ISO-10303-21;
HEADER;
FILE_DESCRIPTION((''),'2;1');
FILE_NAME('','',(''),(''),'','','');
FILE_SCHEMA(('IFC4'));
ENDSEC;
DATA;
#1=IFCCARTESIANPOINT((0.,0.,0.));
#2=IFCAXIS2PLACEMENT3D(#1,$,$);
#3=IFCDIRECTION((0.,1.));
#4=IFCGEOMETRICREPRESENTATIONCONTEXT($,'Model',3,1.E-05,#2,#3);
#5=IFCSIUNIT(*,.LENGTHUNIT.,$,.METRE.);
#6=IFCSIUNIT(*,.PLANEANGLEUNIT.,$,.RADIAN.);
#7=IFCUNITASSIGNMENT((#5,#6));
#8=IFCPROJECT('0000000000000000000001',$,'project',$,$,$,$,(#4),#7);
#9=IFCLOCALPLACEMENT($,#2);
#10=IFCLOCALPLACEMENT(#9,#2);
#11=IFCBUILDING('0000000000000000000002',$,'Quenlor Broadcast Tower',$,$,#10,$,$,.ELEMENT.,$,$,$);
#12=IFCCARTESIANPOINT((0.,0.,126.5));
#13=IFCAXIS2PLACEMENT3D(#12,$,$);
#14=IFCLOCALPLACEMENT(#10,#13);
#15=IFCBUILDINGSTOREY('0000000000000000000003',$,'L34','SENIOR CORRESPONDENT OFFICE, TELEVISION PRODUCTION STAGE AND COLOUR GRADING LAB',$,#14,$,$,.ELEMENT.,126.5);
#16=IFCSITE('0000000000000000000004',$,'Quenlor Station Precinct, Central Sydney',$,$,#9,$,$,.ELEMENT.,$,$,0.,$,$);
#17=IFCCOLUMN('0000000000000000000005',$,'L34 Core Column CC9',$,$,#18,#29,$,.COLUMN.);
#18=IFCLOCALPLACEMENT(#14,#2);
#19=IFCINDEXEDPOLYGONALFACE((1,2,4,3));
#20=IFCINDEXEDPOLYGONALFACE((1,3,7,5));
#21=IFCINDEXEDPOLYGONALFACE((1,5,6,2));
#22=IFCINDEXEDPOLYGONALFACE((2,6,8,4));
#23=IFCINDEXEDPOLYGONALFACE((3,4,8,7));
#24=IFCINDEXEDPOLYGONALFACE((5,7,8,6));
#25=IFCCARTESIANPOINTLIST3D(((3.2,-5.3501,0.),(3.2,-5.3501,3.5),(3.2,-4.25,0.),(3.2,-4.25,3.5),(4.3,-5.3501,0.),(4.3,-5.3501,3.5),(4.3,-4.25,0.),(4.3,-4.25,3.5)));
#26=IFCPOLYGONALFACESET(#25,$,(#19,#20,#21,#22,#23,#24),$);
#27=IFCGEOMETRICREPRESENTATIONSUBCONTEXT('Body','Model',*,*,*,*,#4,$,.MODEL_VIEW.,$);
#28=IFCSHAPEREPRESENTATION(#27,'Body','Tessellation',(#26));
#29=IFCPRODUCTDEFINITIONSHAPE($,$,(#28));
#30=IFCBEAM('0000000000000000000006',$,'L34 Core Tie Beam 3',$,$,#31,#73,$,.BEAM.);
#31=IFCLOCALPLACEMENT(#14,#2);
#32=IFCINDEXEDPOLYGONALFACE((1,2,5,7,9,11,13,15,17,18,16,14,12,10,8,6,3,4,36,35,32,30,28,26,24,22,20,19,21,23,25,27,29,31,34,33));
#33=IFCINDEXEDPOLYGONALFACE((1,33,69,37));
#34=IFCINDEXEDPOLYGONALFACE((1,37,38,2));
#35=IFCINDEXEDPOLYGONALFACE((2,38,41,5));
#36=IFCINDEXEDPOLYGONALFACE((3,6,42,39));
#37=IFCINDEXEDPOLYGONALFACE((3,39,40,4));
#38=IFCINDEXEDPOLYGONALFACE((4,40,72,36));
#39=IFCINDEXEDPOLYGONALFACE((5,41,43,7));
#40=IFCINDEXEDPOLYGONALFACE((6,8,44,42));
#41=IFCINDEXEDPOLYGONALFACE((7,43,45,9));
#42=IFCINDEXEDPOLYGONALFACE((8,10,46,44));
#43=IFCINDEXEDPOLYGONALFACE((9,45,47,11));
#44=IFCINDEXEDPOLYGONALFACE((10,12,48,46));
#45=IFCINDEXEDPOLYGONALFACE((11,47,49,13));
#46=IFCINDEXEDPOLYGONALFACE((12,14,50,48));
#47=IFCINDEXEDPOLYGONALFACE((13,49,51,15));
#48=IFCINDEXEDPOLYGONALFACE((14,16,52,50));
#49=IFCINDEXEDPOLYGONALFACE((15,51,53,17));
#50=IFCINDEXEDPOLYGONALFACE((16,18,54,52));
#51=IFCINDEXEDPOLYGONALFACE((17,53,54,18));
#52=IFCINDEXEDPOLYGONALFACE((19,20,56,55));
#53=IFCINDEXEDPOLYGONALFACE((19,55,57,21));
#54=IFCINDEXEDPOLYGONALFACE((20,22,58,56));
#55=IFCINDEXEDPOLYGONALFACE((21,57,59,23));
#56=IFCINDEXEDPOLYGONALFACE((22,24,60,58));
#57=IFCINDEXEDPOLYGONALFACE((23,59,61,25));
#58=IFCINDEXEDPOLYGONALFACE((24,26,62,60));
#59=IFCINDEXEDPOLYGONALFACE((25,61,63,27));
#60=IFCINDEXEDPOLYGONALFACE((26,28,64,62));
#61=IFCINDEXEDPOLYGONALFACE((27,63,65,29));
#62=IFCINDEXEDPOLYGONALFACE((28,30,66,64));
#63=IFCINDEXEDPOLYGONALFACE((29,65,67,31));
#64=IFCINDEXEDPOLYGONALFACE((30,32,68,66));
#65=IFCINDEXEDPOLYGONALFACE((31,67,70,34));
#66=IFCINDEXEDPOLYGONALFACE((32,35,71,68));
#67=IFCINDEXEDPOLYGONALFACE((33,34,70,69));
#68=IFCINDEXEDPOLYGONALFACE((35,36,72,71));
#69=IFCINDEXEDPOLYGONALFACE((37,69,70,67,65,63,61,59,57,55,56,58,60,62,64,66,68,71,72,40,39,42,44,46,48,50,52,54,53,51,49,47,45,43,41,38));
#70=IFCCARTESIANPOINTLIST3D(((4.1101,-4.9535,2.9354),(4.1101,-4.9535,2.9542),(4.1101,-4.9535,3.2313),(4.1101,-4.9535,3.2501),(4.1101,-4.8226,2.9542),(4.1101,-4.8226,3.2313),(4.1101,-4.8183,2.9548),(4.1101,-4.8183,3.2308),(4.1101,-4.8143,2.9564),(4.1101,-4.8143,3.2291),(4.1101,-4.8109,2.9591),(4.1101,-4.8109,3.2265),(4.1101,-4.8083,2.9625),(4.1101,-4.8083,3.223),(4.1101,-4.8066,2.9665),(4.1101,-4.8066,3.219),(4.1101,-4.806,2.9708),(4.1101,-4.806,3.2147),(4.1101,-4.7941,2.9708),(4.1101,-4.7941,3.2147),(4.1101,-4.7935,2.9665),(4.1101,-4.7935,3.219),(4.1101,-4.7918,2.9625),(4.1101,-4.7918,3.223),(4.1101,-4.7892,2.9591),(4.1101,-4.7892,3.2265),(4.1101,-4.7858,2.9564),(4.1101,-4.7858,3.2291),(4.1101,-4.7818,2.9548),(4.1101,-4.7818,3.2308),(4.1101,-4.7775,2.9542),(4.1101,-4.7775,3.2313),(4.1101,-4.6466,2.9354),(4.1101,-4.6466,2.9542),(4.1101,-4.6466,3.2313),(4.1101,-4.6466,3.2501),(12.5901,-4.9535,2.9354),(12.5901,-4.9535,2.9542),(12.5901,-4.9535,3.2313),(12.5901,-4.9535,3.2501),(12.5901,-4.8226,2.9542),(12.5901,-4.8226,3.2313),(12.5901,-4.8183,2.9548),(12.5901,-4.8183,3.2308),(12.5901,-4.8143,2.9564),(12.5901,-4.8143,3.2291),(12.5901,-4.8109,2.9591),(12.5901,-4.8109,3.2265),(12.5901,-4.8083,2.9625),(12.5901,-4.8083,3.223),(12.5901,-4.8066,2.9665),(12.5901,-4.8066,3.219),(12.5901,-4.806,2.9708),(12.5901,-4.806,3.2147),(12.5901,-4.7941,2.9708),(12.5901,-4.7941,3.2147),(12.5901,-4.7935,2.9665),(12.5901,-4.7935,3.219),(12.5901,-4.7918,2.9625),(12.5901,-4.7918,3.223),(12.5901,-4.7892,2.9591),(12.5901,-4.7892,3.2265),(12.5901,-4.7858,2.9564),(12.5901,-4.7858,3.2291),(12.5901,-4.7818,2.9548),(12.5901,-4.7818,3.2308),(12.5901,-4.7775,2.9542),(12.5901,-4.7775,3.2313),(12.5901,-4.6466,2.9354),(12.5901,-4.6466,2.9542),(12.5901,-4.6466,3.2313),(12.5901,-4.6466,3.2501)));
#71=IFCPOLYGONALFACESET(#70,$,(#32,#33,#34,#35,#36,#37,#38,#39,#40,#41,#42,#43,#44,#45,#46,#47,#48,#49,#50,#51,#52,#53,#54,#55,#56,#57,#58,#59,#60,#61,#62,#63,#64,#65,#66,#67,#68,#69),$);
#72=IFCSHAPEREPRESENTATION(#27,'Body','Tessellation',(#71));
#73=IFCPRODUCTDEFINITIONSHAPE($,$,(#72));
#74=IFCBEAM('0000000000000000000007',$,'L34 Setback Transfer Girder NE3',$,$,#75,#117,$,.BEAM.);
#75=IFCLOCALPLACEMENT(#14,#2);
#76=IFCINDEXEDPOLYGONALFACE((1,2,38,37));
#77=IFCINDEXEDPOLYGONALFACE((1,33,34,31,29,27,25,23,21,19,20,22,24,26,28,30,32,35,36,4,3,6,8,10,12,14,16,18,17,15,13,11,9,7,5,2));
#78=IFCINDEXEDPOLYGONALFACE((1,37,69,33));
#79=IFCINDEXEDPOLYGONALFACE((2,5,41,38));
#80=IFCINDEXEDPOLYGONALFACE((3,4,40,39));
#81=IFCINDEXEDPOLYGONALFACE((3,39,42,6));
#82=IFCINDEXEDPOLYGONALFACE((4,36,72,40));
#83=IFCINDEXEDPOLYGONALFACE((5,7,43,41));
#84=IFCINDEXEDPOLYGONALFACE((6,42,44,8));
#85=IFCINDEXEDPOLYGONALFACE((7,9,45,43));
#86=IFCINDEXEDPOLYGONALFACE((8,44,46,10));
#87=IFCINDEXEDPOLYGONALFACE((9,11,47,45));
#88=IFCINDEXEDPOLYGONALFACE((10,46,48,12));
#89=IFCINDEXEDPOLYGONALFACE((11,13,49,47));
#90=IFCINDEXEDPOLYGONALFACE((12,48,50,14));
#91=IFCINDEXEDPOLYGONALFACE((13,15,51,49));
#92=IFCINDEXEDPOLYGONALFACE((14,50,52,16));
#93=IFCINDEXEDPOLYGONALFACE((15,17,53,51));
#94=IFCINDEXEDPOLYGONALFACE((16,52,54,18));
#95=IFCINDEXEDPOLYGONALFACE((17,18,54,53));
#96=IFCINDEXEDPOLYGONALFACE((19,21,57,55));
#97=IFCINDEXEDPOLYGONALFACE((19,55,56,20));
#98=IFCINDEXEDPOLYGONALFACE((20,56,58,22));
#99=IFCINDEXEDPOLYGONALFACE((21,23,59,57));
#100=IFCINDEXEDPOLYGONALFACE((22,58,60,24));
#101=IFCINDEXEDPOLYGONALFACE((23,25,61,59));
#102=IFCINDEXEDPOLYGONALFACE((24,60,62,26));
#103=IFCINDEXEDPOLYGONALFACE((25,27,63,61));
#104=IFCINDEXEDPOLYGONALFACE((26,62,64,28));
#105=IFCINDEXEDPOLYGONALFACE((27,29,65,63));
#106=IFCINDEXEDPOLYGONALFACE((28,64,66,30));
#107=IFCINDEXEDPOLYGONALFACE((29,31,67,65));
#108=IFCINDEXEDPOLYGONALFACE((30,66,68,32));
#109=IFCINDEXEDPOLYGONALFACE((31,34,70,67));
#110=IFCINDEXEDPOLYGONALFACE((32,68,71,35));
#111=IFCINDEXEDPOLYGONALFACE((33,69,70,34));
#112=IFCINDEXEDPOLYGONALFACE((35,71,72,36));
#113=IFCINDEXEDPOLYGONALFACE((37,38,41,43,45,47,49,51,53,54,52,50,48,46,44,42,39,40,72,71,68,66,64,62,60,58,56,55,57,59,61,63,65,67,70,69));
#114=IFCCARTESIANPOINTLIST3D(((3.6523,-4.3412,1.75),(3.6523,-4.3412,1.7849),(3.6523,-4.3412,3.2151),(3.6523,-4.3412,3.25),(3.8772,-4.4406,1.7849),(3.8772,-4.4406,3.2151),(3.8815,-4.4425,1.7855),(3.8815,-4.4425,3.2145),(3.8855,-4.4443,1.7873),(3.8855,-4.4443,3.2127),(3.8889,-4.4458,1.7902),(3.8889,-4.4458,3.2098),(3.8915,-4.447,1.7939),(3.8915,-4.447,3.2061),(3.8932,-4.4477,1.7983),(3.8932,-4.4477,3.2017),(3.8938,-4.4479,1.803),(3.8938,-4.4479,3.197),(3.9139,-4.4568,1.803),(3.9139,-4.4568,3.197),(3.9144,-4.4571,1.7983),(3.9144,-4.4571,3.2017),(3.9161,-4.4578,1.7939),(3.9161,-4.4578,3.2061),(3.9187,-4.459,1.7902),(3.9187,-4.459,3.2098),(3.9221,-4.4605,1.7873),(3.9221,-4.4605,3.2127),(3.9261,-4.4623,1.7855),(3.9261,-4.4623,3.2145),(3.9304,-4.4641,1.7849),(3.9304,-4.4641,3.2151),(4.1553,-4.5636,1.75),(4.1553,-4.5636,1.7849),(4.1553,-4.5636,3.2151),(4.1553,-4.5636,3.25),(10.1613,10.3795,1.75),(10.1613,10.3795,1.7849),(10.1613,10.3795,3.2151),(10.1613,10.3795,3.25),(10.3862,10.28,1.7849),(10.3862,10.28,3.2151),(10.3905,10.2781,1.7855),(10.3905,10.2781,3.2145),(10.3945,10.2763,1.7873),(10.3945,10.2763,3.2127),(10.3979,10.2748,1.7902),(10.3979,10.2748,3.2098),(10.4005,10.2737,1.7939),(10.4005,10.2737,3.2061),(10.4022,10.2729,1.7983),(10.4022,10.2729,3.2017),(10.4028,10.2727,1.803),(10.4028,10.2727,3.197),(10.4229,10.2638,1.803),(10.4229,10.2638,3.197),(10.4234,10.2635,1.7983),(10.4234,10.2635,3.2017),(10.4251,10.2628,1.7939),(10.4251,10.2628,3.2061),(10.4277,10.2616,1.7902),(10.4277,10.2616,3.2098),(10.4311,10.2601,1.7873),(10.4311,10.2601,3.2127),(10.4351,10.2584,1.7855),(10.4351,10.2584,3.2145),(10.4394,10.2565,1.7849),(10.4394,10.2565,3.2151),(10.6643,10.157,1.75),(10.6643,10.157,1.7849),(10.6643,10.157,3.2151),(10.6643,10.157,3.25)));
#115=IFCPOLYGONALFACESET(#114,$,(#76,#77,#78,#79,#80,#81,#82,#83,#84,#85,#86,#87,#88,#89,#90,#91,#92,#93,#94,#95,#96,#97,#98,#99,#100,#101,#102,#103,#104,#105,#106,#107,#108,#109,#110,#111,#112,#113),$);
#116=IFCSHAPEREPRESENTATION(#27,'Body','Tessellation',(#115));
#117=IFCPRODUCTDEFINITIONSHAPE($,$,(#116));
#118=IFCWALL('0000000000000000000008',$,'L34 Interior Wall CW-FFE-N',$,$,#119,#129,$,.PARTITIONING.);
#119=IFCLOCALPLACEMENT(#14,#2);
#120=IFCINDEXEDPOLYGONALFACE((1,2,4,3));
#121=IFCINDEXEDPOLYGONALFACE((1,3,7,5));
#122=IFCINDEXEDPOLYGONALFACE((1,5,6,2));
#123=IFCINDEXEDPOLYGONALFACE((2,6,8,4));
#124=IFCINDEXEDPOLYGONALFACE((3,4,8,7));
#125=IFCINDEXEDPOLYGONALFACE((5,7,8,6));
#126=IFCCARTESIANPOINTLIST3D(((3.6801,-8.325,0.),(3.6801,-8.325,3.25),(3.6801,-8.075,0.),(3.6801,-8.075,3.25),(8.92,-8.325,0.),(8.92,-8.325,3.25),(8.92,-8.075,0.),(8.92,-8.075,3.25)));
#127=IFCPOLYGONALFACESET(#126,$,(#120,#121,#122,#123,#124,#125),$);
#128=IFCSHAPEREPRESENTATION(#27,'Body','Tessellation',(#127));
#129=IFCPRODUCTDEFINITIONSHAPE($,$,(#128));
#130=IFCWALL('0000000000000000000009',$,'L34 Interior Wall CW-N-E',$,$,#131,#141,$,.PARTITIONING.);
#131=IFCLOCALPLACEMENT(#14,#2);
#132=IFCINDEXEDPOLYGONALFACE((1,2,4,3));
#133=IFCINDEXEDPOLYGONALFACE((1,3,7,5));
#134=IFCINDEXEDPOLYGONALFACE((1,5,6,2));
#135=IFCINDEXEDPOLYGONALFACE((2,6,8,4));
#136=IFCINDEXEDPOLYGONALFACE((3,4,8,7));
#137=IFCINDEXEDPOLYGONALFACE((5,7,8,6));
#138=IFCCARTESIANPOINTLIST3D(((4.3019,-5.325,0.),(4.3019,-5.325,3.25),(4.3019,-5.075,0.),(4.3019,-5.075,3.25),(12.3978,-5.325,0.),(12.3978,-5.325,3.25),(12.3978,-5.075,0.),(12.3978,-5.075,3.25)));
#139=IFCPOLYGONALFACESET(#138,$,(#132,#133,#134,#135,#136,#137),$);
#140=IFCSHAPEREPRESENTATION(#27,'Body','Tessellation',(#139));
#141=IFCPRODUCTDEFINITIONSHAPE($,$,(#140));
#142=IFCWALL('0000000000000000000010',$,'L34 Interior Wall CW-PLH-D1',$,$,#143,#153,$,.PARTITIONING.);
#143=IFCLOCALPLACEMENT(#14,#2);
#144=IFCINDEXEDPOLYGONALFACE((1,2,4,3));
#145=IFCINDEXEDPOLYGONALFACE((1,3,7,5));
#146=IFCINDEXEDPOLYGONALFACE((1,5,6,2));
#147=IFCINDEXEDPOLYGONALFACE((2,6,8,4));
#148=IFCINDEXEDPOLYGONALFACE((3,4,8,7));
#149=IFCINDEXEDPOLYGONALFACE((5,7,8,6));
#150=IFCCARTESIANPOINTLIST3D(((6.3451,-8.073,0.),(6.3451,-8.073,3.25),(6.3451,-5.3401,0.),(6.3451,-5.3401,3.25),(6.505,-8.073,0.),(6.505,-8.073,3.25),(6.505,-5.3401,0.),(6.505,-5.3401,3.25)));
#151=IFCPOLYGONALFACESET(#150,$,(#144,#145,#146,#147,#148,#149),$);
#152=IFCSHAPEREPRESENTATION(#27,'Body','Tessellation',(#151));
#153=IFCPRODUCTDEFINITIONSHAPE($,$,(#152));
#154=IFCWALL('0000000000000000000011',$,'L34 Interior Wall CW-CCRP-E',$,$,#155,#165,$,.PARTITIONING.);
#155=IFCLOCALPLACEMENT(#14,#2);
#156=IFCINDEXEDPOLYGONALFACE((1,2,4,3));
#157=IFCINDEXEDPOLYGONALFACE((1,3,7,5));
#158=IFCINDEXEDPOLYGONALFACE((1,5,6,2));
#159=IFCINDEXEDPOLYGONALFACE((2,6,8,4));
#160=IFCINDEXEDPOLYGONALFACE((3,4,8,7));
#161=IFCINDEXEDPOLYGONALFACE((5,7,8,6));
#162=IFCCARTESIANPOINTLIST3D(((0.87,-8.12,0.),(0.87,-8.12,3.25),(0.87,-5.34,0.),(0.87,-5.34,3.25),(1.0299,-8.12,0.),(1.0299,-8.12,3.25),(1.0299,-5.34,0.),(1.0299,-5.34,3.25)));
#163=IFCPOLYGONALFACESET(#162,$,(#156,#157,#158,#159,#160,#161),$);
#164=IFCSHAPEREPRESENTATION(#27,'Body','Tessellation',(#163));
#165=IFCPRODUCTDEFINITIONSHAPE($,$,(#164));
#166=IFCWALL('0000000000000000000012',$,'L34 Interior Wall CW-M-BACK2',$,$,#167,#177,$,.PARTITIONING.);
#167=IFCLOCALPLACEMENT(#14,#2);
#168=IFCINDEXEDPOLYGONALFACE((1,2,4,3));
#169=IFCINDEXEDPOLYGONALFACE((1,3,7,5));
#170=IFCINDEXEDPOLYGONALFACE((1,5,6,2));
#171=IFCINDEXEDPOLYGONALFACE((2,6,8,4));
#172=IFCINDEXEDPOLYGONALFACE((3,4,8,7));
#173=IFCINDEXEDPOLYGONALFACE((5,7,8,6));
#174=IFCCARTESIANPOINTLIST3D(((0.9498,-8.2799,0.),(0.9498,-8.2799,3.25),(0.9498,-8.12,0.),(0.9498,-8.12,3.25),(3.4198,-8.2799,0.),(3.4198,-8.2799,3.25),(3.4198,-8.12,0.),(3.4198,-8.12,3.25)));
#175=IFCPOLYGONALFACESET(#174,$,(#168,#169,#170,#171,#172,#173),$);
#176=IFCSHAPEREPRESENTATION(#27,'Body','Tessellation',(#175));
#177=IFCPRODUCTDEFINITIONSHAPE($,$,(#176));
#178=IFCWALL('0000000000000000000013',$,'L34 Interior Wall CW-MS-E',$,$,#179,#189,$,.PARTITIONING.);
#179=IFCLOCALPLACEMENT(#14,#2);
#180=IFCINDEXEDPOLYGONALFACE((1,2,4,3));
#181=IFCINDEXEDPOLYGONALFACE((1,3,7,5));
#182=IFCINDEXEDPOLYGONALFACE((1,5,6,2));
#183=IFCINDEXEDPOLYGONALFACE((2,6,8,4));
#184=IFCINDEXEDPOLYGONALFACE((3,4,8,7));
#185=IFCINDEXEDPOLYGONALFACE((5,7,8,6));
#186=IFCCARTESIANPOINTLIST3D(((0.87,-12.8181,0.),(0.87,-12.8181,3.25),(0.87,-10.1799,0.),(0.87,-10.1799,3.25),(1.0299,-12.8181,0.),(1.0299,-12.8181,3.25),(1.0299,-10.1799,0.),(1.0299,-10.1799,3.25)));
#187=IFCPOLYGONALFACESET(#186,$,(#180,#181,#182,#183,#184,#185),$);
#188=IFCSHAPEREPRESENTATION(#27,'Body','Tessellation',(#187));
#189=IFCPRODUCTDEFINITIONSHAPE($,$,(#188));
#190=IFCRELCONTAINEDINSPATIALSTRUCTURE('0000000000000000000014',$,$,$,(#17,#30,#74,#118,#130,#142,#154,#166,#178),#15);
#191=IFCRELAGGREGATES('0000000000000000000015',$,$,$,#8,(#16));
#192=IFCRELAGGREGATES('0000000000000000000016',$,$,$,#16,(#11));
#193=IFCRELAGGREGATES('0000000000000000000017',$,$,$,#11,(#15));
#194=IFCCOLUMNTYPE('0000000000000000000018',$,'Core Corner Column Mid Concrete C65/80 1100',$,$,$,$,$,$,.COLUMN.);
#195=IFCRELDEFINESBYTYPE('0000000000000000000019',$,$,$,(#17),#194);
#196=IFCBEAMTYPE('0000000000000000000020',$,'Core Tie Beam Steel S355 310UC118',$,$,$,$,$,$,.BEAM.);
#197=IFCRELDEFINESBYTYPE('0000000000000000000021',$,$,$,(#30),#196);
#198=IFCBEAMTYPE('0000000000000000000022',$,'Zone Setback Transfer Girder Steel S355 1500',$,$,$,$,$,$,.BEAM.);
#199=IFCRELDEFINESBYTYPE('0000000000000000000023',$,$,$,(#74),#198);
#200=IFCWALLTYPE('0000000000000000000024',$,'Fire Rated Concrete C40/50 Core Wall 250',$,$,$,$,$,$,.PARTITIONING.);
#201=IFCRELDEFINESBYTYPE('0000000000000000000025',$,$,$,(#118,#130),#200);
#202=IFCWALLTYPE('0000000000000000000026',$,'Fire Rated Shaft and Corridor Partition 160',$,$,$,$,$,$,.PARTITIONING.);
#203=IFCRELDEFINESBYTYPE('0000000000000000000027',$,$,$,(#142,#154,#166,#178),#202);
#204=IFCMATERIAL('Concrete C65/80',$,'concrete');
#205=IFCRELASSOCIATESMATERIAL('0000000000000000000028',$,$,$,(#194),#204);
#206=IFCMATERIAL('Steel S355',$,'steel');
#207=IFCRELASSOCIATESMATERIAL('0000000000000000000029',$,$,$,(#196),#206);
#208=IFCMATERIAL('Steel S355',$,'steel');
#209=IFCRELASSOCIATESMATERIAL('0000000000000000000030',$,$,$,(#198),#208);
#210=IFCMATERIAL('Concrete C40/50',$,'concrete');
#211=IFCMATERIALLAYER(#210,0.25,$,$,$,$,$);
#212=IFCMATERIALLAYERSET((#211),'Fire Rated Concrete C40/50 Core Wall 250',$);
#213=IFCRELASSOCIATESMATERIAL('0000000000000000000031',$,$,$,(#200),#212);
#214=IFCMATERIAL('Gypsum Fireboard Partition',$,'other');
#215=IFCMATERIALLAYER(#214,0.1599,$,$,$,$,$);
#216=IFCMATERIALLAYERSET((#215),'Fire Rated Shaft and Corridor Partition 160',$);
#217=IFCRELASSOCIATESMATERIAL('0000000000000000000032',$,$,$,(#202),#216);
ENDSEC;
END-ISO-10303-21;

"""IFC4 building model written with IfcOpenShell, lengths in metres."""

from ifc_helpers import new_model, si_unit, direction, frame, frame_2d, origin, origin_2d, place, context, subcontext, project, spatial, rectangle, i_section, extrude, material, layer, layer_set, material_profile, profile_set, type_object, element, save


model = new_model("IFC4")

# Units and contexts
model_context = context("Model", 3, precision=1e-05, world=origin(), true_north=direction((0.0, 1.0)))
body_context = subcontext(model_context, "Body", "Model", "MODEL_VIEW")
ifc_project = project(units=[si_unit("LENGTHUNIT", "METRE"), si_unit("PLANEANGLEUNIT", "RADIAN")], contexts=[model_context])

# Site, building, storey
site_placement = place(None, origin())
site = spatial("IfcSite", under=ifc_project, at=site_placement, Name="Quenlor Station Precinct, Central Sydney", CompositionType="ELEMENT", RefElevation=0.0)
building_placement = place(site_placement, origin())
building = spatial("IfcBuilding", under=site, at=building_placement, Name="Quenlor Broadcast Tower", CompositionType="ELEMENT")
storey_placement = place(building_placement, frame((0.0, 0.0, 126.5)))
storey = spatial("IfcBuildingStorey", under=building, at=storey_placement, Name="L34", Description="SENIOR CORRESPONDENT OFFICE, TELEVISION PRODUCTION STAGE AND COLOUR GRADING LAB", CompositionType="ELEMENT", Elevation=126.5)

# Column
ifc_material_1 = material(Name="Concrete C65/80", Category="concrete")
ifc_material_profile_1 = material_profile(ifc_material_1, rectangle(XDim=1.1001, YDim=1.1001, at=origin_2d()))
ifc_profile_set_1 = profile_set([ifc_material_profile_1], Name="Concrete C65/80 RC1100x1100")
column_type = type_object("IfcColumnType", Name="Core Corner Column Mid Concrete C65/80 1100", PredefinedType="COLUMN", material=ifc_profile_set_1)
column_placement = place(storey_placement, frame((3.75, -4.8, 0.0), z_axis=(0.0, 0.0, 1.0), x_axis=(1.0, 0.0, 0.0)))
element("IfcColumn", 1, at=column_placement, inside=storey, type_object=column_type, Name="L34 Core Column CC9", PredefinedType="COLUMN", context=body_context, shape_type="SweptSolid", body=[
    extrude(rectangle(XDim=1.1001, YDim=1.1001, at=origin_2d()), origin(), (0.0, 0.0, 1.0), 3.5),
])

# Beams
ifc_material_2 = material(Name="Steel S355", Category="steel")
ifc_material_profile_2 = material_profile(ifc_material_2, i_section(OverallWidth=0.3069, OverallDepth=0.3147, WebThickness=0.012, FlangeThickness=0.0188, FilletRadius=0.0166, at=origin_2d()))
ifc_profile_set_2 = profile_set([ifc_material_profile_2], Name="Steel S355 310UC118")
beam_type_1 = type_object("IfcBeamType", Name="Core Tie Beam Steel S355 310UC118", PredefinedType="BEAM", material=ifc_profile_set_2)
beam_1_placement = place(storey_placement, frame((4.1101, -4.8, 3.0928), z_axis=(1.0, 0.0, 0.0), x_axis=(0.0, 1.0, 0.0)))
element("IfcBeam", 2, at=beam_1_placement, inside=storey, type_object=beam_type_1, Name="L34 Core Tie Beam 3", PredefinedType="BEAM", context=body_context, shape_type="SweptSolid", body=[
    extrude(i_section(OverallWidth=0.3069, OverallDepth=0.3147, WebThickness=0.012, FlangeThickness=0.0188, FilletRadius=0.0166, at=origin_2d()), origin(), (0.0, 0.0, 1.0), 8.48),
])
ifc_material_3 = material(Name="Steel S355", Category="steel")
ifc_material_profile_3 = material_profile(ifc_material_3, i_section(OverallWidth=0.55, OverallDepth=1.5, WebThickness=0.022, FlangeThickness=0.0349, FilletRadius=0.0181, at=origin_2d()))
ifc_profile_set_3 = profile_set([ifc_material_profile_3], Name="Steel S355 1500TG510")
beam_type_2 = type_object("IfcBeamType", Name="Zone Setback Transfer Girder Steel S355 1500", PredefinedType="BEAM", material=ifc_profile_set_3)
beam_2_placement = place(storey_placement, frame((3.9038, -4.4524, 2.5), z_axis=(0.4044, 0.914582, 0.0), x_axis=(-0.914582, 0.4044, 0.0)))
element("IfcBeam", 3, at=beam_2_placement, inside=storey, type_object=beam_type_2, Name="L34 Setback Transfer Girder NE3", PredefinedType="BEAM", context=body_context, shape_type="SweptSolid", body=[
    extrude(i_section(OverallWidth=0.55, OverallDepth=1.5, WebThickness=0.022, FlangeThickness=0.0349, FilletRadius=0.0181, at=origin_2d()), origin(), (0.0, 0.0, 1.0), 16.0955),
])

# Shared definitions
ifc_material_4 = material(Name="Concrete C40/50", Category="concrete")
ifc_layer_1 = layer(ifc_material_4, 0.25)
ifc_layer_set_1 = layer_set([ifc_layer_1], Name="Fire Rated Concrete C40/50 Core Wall 250")
wall_type_1 = type_object("IfcWallType", Name="Fire Rated Concrete C40/50 Core Wall 250", PredefinedType="PARTITIONING", material=ifc_layer_set_1)

# Walls
wall_1_placement = place(storey_placement, frame((3.6799, -8.2, 0.0), z_axis=(0.0, 0.0, 1.0), x_axis=(1.0, 0.0, 0.0)))
element("IfcWall", 4, at=wall_1_placement, inside=storey, type_object=wall_type_1, Name="L34 Interior Wall CW-FFE-N", PredefinedType="PARTITIONING", context=body_context, shape_type="SweptSolid", body=[
    extrude(rectangle(XDim=5.24, YDim=0.25, at=frame_2d((2.6201, 0.0))), origin(), (0.0, 0.0, 1.0), 3.25),
])
wall_2_placement = place(storey_placement, frame((4.302, -5.2, 0.0), z_axis=(0.0, 0.0, 1.0), x_axis=(1.0, 0.0, 0.0)))
element("IfcWall", 5, at=wall_2_placement, inside=storey, type_object=wall_type_1, Name="L34 Interior Wall CW-N-E", PredefinedType="PARTITIONING", context=body_context, shape_type="SweptSolid", body=[
    extrude(rectangle(XDim=8.0959, YDim=0.25, at=frame_2d((4.0479, 0.0))), origin(), (0.0, 0.0, 1.0), 3.25),
])

# Walls
ifc_material_5 = material(Name="Gypsum Fireboard Partition", Category="other")
ifc_layer_2 = layer(ifc_material_5, 0.1599)
ifc_layer_set_2 = layer_set([ifc_layer_2], Name="Fire Rated Shaft and Corridor Partition 160")
wall_type_2 = type_object("IfcWallType", Name="Fire Rated Shaft and Corridor Partition 160", PredefinedType="PARTITIONING", material=ifc_layer_set_2)
wall_3_placement = place(storey_placement, frame((6.425, -8.073, 0.0), z_axis=(0.0, 0.0, 1.0), x_axis=(0.0, 1.0, 0.0)))
element("IfcWall", 6, at=wall_3_placement, inside=storey, type_object=wall_type_2, Name="L34 Interior Wall CW-PLH-D1", PredefinedType="PARTITIONING", context=body_context, shape_type="SweptSolid", body=[
    extrude(rectangle(XDim=2.7329, YDim=0.1599, at=frame_2d((1.3665, 0.0))), origin(), (0.0, 0.0, 1.0), 3.25),
])
wall_4_placement = place(storey_placement, frame((0.95, -8.1201, 0.0), z_axis=(0.0, 0.0, 1.0), x_axis=(0.0, 1.0, 0.0)))
element("IfcWall", 7, at=wall_4_placement, inside=storey, type_object=wall_type_2, Name="L34 Interior Wall CW-CCRP-E", PredefinedType="PARTITIONING", context=body_context, shape_type="SweptSolid", body=[
    extrude(rectangle(XDim=2.78, YDim=0.1599, at=frame_2d((1.3901, 0.0))), origin(), (0.0, 0.0, 1.0), 3.25),
])
wall_5_placement = place(storey_placement, frame((0.95, -8.2, 0.0), z_axis=(0.0, 0.0, 1.0), x_axis=(1.0, 0.0, 0.0)))
element("IfcWall", 8, at=wall_5_placement, inside=storey, type_object=wall_type_2, Name="L34 Interior Wall CW-M-BACK2", PredefinedType="PARTITIONING", context=body_context, shape_type="SweptSolid", body=[
    extrude(rectangle(XDim=2.47, YDim=0.1599, at=frame_2d((1.2349, 0.0))), origin(), (0.0, 0.0, 1.0), 3.25),
])
wall_6_placement = place(storey_placement, frame((0.95, -12.8181, 0.0), z_axis=(0.0, 0.0, 1.0), x_axis=(0.0, 1.0, 0.0)))
element("IfcWall", 9, at=wall_6_placement, inside=storey, type_object=wall_type_2, Name="L34 Interior Wall CW-MS-E", PredefinedType="PARTITIONING", context=body_context, shape_type="SweptSolid", body=[
    extrude(rectangle(XDim=2.6382, YDim=0.1599, at=frame_2d((1.3191, 0.0))), origin(), (0.0, 0.0, 1.0), 3.25),
])

save(model, "model.ifc")
